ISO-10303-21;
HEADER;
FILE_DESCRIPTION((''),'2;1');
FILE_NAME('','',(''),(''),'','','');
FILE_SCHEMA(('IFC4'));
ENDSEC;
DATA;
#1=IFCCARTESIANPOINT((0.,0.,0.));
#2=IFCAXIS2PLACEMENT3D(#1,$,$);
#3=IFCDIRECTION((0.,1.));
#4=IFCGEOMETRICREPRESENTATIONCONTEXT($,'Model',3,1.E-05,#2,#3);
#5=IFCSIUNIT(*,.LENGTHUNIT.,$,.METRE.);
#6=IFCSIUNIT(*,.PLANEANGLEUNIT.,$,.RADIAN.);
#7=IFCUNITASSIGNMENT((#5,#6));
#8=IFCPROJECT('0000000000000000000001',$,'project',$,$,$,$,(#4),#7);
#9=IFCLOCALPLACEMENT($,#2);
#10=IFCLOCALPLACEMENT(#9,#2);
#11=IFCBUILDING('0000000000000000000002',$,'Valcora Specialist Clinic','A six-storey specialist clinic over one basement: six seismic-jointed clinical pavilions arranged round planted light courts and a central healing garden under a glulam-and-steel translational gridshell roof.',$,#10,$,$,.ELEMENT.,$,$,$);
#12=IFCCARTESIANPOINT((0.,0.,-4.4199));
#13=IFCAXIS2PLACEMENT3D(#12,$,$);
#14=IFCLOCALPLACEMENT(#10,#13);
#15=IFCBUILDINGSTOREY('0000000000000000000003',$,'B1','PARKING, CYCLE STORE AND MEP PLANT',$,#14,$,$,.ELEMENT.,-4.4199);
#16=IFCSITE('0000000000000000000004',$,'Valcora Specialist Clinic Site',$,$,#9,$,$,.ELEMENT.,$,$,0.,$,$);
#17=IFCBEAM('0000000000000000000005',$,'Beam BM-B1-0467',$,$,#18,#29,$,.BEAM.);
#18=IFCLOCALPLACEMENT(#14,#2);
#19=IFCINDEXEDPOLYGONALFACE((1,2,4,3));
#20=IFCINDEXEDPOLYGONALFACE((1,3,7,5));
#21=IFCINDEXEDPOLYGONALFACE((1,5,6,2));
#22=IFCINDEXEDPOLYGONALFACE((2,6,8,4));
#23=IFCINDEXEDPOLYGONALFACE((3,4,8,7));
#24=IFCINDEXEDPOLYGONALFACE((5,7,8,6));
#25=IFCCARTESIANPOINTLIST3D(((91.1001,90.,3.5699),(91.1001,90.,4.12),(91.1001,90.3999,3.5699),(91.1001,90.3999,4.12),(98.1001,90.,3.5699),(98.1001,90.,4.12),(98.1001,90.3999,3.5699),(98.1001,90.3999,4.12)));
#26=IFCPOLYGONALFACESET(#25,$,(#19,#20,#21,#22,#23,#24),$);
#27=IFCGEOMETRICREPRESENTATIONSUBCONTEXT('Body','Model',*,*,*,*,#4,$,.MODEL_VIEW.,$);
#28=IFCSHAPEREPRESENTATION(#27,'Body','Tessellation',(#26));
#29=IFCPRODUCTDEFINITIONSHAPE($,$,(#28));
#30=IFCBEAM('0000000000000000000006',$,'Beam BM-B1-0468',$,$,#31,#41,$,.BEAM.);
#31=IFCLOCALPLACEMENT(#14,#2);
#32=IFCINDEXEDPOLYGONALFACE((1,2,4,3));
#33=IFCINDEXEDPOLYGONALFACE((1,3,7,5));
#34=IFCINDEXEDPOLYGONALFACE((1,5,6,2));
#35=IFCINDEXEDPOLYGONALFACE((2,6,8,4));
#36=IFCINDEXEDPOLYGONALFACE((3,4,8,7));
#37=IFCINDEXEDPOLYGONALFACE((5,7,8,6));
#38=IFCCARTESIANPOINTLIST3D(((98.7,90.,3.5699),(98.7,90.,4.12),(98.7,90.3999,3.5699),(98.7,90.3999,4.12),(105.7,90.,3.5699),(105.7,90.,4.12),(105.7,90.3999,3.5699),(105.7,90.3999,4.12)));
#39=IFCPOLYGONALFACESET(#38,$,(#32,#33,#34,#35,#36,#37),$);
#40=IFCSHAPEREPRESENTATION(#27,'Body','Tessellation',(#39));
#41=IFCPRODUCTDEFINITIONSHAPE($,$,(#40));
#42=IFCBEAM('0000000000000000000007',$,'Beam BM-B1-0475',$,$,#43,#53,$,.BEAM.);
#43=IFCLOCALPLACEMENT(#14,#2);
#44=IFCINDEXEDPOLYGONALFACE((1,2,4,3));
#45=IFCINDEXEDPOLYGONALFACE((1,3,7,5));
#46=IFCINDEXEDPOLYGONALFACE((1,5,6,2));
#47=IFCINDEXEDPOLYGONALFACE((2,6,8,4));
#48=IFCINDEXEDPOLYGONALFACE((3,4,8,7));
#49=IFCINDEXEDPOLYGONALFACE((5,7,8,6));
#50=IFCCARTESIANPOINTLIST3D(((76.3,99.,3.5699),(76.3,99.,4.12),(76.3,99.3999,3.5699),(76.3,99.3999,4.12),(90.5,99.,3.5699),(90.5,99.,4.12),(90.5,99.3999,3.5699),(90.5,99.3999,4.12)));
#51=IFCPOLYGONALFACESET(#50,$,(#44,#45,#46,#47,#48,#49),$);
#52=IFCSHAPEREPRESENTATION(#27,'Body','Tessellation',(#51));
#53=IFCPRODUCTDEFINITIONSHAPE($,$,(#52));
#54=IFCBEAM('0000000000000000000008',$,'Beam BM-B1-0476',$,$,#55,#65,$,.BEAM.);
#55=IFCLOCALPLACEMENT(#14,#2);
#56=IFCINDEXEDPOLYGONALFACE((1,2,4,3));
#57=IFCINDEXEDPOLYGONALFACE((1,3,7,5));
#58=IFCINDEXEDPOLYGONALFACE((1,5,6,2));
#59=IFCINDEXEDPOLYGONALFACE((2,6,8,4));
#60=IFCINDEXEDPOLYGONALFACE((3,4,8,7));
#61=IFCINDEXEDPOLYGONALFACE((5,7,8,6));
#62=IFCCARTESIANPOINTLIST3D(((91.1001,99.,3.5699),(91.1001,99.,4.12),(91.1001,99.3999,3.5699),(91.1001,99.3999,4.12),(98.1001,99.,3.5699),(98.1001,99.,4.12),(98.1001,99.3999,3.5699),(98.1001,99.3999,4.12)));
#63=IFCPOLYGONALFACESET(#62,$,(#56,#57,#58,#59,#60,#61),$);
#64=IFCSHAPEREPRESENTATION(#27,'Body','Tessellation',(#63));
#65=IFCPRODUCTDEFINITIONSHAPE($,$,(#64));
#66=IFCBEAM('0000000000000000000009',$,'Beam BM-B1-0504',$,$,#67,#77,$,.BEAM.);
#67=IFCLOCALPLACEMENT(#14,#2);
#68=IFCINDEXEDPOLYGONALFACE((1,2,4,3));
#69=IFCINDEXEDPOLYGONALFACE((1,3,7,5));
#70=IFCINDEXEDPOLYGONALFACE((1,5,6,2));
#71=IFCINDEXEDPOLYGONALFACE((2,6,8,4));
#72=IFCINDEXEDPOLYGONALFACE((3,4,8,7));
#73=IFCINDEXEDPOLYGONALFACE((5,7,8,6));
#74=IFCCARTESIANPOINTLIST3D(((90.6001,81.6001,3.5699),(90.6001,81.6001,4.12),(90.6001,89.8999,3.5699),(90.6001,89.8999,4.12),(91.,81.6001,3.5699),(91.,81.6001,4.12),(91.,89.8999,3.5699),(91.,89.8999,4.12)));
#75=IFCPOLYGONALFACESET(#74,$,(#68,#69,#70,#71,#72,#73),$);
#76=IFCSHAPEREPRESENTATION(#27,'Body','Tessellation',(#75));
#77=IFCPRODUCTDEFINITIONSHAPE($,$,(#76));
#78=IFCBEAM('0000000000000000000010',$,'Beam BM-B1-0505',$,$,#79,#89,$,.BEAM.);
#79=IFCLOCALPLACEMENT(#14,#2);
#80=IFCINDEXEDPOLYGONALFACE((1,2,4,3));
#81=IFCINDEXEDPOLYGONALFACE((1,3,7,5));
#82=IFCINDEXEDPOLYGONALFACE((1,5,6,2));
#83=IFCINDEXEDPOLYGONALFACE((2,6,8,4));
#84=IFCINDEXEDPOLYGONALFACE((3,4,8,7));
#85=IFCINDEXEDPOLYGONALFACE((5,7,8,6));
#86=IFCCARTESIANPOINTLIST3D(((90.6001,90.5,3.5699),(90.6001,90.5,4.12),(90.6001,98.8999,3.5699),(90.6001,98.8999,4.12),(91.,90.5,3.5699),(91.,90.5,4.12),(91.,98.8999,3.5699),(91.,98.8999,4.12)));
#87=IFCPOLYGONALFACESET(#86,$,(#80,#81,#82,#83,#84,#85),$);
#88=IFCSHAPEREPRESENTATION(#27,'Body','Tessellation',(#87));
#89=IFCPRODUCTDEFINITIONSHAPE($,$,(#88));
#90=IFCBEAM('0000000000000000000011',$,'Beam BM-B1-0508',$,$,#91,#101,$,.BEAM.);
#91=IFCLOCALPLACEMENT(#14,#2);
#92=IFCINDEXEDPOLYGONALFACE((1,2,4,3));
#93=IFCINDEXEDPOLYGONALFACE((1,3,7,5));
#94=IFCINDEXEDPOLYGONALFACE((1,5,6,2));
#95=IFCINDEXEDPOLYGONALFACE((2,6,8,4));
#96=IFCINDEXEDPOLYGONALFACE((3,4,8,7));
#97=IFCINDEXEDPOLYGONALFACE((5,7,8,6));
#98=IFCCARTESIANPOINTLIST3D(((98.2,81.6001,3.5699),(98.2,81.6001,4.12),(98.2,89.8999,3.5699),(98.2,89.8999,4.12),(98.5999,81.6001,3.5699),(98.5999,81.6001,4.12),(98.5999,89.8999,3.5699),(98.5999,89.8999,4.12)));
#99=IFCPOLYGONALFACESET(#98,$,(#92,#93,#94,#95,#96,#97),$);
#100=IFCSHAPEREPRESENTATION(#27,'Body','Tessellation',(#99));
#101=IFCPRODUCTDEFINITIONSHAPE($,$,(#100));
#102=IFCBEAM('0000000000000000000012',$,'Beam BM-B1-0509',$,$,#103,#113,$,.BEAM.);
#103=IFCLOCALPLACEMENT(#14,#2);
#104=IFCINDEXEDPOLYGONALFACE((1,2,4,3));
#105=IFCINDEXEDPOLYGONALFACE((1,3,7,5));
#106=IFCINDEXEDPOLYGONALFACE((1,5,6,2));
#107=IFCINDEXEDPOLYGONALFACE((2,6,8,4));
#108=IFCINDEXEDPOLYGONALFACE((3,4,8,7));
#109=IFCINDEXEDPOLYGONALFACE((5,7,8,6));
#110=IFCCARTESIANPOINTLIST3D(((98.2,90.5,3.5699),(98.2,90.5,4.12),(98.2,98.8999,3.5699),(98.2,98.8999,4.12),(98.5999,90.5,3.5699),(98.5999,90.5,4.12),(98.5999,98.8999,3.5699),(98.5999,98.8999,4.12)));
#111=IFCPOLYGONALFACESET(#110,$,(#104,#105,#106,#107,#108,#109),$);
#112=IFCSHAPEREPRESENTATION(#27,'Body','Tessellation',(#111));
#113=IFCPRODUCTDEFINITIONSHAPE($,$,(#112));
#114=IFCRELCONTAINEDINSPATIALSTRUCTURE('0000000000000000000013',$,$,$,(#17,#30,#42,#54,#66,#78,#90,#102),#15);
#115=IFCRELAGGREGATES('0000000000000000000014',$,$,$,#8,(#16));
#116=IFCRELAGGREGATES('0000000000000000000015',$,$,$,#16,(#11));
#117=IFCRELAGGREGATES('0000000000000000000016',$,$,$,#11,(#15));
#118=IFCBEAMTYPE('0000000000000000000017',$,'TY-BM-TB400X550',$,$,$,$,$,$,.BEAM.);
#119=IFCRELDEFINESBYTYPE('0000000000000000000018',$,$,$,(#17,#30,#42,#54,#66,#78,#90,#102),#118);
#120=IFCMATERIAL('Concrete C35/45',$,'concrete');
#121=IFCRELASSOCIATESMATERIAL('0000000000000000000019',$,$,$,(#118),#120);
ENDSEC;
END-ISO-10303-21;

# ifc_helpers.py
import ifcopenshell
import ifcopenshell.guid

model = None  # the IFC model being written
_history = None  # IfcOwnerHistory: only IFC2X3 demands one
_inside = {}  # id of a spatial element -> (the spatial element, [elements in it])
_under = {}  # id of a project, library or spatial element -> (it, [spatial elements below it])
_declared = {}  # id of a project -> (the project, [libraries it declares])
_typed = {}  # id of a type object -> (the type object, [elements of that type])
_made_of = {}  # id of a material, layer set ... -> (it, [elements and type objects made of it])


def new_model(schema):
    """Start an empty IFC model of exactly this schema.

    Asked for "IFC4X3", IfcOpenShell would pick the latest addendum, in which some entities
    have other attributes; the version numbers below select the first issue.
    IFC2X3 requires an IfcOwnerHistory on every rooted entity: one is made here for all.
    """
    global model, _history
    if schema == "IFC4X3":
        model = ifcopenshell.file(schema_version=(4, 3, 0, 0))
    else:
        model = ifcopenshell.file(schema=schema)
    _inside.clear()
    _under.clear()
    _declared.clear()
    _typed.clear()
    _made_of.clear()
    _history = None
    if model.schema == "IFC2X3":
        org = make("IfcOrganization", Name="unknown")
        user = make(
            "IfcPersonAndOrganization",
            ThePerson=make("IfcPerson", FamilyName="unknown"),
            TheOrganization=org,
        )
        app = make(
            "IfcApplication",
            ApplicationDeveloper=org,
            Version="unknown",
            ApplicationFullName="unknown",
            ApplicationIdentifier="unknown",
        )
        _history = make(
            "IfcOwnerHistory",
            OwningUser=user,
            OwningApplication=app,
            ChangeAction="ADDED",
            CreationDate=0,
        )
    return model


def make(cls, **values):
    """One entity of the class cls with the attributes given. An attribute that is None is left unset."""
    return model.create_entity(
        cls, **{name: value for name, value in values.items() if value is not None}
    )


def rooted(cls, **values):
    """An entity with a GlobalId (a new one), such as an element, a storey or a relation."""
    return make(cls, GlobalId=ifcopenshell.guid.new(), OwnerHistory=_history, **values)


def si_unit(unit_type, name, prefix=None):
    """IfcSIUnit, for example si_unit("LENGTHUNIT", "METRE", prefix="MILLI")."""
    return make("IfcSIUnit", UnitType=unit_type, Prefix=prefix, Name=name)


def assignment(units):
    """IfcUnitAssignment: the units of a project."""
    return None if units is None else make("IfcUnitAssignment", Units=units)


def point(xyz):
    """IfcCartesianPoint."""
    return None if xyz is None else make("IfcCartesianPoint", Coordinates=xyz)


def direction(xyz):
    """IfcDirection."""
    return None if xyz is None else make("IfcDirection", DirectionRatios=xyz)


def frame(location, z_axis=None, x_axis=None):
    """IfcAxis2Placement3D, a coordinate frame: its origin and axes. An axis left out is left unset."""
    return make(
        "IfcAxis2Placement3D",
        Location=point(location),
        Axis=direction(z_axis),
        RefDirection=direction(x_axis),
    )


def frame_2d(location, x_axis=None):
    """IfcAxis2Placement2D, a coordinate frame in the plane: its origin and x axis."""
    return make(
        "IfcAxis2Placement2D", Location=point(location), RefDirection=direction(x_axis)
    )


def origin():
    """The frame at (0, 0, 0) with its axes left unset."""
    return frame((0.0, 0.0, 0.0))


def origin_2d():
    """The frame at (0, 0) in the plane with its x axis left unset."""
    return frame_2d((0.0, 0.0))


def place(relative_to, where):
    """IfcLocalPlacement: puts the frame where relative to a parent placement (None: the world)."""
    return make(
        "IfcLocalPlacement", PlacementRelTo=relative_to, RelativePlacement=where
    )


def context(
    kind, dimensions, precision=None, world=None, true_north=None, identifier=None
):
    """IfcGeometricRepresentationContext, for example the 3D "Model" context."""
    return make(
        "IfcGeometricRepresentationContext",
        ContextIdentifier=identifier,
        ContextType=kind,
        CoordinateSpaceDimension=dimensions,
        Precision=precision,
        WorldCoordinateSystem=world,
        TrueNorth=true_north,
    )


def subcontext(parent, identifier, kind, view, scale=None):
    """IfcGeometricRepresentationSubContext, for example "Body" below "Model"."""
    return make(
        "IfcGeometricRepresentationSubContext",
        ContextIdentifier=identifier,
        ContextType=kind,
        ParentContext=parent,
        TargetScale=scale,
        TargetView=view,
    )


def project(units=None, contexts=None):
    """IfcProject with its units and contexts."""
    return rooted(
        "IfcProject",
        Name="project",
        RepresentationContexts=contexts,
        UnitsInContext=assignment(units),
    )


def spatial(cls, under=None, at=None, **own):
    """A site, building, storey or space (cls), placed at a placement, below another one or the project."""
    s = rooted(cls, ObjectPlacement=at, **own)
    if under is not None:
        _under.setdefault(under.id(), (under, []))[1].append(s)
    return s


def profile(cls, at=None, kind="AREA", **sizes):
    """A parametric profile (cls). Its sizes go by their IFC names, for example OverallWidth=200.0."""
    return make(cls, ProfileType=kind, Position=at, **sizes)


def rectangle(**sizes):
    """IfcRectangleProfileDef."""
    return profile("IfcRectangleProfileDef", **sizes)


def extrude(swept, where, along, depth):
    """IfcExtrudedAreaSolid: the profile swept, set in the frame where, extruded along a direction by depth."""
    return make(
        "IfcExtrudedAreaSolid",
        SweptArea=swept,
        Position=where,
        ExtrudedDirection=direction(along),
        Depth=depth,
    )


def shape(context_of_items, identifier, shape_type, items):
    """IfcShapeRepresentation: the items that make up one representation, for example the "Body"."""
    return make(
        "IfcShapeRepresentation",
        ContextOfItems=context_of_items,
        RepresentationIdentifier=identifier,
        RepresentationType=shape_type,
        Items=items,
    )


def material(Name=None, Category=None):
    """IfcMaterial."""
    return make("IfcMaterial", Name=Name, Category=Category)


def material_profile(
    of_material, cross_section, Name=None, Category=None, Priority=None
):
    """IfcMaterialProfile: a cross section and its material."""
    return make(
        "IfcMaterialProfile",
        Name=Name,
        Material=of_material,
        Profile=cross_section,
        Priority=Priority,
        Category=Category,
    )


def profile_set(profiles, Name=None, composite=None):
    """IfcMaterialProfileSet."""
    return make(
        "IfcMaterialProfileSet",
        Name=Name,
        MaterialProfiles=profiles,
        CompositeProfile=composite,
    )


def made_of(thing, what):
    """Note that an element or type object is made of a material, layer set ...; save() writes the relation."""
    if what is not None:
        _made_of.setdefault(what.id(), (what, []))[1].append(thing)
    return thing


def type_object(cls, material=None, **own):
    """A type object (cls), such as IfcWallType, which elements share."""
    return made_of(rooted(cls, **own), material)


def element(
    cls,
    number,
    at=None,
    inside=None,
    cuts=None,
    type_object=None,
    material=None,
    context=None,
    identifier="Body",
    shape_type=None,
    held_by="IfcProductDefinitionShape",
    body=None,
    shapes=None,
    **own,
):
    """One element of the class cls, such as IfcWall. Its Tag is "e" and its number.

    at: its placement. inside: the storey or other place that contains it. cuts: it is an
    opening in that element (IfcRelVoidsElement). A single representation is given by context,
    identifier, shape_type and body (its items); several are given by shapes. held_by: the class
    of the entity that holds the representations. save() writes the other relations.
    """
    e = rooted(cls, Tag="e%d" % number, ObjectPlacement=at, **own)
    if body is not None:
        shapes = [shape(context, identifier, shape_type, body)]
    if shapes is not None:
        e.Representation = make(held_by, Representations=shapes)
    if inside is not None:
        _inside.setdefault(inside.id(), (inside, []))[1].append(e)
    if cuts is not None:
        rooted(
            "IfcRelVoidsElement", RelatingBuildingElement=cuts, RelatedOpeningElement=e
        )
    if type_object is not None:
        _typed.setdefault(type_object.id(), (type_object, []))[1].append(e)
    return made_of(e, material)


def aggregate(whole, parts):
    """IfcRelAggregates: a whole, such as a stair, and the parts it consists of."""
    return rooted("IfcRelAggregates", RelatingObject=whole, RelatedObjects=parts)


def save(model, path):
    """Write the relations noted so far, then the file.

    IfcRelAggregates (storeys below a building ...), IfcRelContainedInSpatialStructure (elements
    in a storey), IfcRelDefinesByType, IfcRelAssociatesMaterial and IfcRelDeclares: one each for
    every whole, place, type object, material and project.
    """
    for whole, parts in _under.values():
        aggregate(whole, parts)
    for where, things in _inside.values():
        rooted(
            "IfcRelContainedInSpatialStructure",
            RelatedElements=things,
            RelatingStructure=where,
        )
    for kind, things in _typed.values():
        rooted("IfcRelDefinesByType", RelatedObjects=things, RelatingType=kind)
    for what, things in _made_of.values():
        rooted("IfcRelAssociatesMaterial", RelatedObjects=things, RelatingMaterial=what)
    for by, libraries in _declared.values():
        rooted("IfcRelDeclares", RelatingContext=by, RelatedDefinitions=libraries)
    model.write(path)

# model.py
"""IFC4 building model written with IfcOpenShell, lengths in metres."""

from ifc_helpers import new_model, si_unit, direction, frame, origin, origin_2d, place, context, subcontext, project, spatial, rectangle, extrude, material, material_profile, profile_set, type_object, element, save


model = new_model("IFC4")

# Units and contexts
model_context = context("Model", 3, precision=1e-05, world=origin(), true_north=direction((0.0, 1.0)))
body_context = subcontext(model_context, "Body", "Model", "MODEL_VIEW")
ifc_project = project(units=[si_unit("LENGTHUNIT", "METRE"), si_unit("PLANEANGLEUNIT", "RADIAN")], contexts=[model_context])

# Site, building, storey
site_placement = place(None, origin())
site = spatial("IfcSite", under=ifc_project, at=site_placement, Name="Valcora Specialist Clinic Site", CompositionType="ELEMENT", RefElevation=0.0)
building_placement = place(site_placement, origin())
building = spatial("IfcBuilding", under=site, at=building_placement, Name="Valcora Specialist Clinic", Description="A six-storey specialist clinic over one basement: six seismic-jointed clinical pavilions arranged round planted light courts and a central healing garden under a glulam-and-steel translational gridshell roof.", CompositionType="ELEMENT")
storey_placement = place(building_placement, frame((0.0, 0.0, -4.4199)))
storey = spatial("IfcBuildingStorey", under=building, at=storey_placement, Name="B1", Description="PARKING, CYCLE STORE AND MEP PLANT", CompositionType="ELEMENT", Elevation=-4.4199)

# Shared definitions
ifc_material_1 = material(Name="Concrete C35/45", Category="concrete")

# Beams
ifc_material_profile_1 = material_profile(ifc_material_1, rectangle(XDim=0.3999, YDim=0.55, at=origin_2d()), Name="RC-TB-400X550")
ifc_profile_set_1 = profile_set([ifc_material_profile_1], Name="Concrete C35/45")
beam_type = type_object("IfcBeamType", Name="TY-BM-TB400X550", PredefinedType="BEAM", material=ifc_profile_set_1)
for number, where, z_axis, x_axis, name in (
    (1, (91.1001, 90.2, 3.845), (1.0, 0.0, 0.0), (0.0, 1.0, 0.0), "Beam BM-B1-0467"),
    (2, (98.7, 90.2, 3.845), (1.0, 0.0, 0.0), (0.0, 1.0, 0.0), "Beam BM-B1-0468"),
):
    element("IfcBeam", number, at=place(storey_placement, frame(where, z_axis=z_axis, x_axis=x_axis)), inside=storey, type_object=beam_type, Name=name, PredefinedType="BEAM", context=body_context, shape_type="SweptSolid", body=[
        extrude(rectangle(XDim=0.3999, YDim=0.55, at=origin_2d()), origin(), (0.0, 0.0, 1.0), 7.0),
    ])
beam_1_placement = place(storey_placement, frame((76.3, 99.2, 3.845), z_axis=(1.0, 0.0, 0.0), x_axis=(0.0, 1.0, 0.0)))
element("IfcBeam", 3, at=beam_1_placement, inside=storey, type_object=beam_type, Name="Beam BM-B1-0475", PredefinedType="BEAM", context=body_context, shape_type="SweptSolid", body=[
    extrude(rectangle(XDim=0.3999, YDim=0.55, at=origin_2d()), origin(), (0.0, 0.0, 1.0), 14.2),
])
beam_2_placement = place(storey_placement, frame((91.1001, 99.2, 3.845), z_axis=(1.0, 0.0, 0.0), x_axis=(0.0, 1.0, 0.0)))
element("IfcBeam", 4, at=beam_2_placement, inside=storey, type_object=beam_type, Name="Beam BM-B1-0476", PredefinedType="BEAM", context=body_context, shape_type="SweptSolid", body=[
    extrude(rectangle(XDim=0.3999, YDim=0.55, at=origin_2d()), origin(), (0.0, 0.0, 1.0), 7.0),
])
beam_3_placement = place(storey_placement, frame((90.8, 81.6001, 3.845), z_axis=(0.0, 1.0, 0.0), x_axis=(-1.0, 0.0, 0.0)))
element("IfcBeam", 5, at=beam_3_placement, inside=storey, type_object=beam_type, Name="Beam BM-B1-0504", PredefinedType="BEAM", context=body_context, shape_type="SweptSolid", body=[
    extrude(rectangle(XDim=0.3999, YDim=0.55, at=origin_2d()), origin(), (0.0, 0.0, 1.0), 8.2998),
])
beam_4_placement = place(storey_placement, frame((90.8, 90.5, 3.845), z_axis=(0.0, 1.0, 0.0), x_axis=(-1.0, 0.0, 0.0)))
element("IfcBeam", 6, at=beam_4_placement, inside=storey, type_object=beam_type, Name="Beam BM-B1-0505", PredefinedType="BEAM", context=body_context, shape_type="SweptSolid", body=[
    extrude(rectangle(XDim=0.3999, YDim=0.55, at=origin_2d()), origin(), (0.0, 0.0, 1.0), 8.3999),
])
beam_5_placement = place(storey_placement, frame((98.3999, 81.6001, 3.845), z_axis=(0.0, 1.0, 0.0), x_axis=(-1.0, 0.0, 0.0)))
element("IfcBeam", 7, at=beam_5_placement, inside=storey, type_object=beam_type, Name="Beam BM-B1-0508", PredefinedType="BEAM", context=body_context, shape_type="SweptSolid", body=[
    extrude(rectangle(XDim=0.3999, YDim=0.55, at=origin_2d()), origin(), (0.0, 0.0, 1.0), 8.2998),
])
beam_6_placement = place(storey_placement, frame((98.3999, 90.5, 3.845), z_axis=(0.0, 1.0, 0.0), x_axis=(-1.0, 0.0, 0.0)))
element("IfcBeam", 8, at=beam_6_placement, inside=storey, type_object=beam_type, Name="Beam BM-B1-0509", PredefinedType="BEAM", context=body_context, shape_type="SweptSolid", body=[
    extrude(rectangle(XDim=0.3999, YDim=0.55, at=origin_2d()), origin(), (0.0, 0.0, 1.0), 8.3999),
])

save(model, "model.ifc")
